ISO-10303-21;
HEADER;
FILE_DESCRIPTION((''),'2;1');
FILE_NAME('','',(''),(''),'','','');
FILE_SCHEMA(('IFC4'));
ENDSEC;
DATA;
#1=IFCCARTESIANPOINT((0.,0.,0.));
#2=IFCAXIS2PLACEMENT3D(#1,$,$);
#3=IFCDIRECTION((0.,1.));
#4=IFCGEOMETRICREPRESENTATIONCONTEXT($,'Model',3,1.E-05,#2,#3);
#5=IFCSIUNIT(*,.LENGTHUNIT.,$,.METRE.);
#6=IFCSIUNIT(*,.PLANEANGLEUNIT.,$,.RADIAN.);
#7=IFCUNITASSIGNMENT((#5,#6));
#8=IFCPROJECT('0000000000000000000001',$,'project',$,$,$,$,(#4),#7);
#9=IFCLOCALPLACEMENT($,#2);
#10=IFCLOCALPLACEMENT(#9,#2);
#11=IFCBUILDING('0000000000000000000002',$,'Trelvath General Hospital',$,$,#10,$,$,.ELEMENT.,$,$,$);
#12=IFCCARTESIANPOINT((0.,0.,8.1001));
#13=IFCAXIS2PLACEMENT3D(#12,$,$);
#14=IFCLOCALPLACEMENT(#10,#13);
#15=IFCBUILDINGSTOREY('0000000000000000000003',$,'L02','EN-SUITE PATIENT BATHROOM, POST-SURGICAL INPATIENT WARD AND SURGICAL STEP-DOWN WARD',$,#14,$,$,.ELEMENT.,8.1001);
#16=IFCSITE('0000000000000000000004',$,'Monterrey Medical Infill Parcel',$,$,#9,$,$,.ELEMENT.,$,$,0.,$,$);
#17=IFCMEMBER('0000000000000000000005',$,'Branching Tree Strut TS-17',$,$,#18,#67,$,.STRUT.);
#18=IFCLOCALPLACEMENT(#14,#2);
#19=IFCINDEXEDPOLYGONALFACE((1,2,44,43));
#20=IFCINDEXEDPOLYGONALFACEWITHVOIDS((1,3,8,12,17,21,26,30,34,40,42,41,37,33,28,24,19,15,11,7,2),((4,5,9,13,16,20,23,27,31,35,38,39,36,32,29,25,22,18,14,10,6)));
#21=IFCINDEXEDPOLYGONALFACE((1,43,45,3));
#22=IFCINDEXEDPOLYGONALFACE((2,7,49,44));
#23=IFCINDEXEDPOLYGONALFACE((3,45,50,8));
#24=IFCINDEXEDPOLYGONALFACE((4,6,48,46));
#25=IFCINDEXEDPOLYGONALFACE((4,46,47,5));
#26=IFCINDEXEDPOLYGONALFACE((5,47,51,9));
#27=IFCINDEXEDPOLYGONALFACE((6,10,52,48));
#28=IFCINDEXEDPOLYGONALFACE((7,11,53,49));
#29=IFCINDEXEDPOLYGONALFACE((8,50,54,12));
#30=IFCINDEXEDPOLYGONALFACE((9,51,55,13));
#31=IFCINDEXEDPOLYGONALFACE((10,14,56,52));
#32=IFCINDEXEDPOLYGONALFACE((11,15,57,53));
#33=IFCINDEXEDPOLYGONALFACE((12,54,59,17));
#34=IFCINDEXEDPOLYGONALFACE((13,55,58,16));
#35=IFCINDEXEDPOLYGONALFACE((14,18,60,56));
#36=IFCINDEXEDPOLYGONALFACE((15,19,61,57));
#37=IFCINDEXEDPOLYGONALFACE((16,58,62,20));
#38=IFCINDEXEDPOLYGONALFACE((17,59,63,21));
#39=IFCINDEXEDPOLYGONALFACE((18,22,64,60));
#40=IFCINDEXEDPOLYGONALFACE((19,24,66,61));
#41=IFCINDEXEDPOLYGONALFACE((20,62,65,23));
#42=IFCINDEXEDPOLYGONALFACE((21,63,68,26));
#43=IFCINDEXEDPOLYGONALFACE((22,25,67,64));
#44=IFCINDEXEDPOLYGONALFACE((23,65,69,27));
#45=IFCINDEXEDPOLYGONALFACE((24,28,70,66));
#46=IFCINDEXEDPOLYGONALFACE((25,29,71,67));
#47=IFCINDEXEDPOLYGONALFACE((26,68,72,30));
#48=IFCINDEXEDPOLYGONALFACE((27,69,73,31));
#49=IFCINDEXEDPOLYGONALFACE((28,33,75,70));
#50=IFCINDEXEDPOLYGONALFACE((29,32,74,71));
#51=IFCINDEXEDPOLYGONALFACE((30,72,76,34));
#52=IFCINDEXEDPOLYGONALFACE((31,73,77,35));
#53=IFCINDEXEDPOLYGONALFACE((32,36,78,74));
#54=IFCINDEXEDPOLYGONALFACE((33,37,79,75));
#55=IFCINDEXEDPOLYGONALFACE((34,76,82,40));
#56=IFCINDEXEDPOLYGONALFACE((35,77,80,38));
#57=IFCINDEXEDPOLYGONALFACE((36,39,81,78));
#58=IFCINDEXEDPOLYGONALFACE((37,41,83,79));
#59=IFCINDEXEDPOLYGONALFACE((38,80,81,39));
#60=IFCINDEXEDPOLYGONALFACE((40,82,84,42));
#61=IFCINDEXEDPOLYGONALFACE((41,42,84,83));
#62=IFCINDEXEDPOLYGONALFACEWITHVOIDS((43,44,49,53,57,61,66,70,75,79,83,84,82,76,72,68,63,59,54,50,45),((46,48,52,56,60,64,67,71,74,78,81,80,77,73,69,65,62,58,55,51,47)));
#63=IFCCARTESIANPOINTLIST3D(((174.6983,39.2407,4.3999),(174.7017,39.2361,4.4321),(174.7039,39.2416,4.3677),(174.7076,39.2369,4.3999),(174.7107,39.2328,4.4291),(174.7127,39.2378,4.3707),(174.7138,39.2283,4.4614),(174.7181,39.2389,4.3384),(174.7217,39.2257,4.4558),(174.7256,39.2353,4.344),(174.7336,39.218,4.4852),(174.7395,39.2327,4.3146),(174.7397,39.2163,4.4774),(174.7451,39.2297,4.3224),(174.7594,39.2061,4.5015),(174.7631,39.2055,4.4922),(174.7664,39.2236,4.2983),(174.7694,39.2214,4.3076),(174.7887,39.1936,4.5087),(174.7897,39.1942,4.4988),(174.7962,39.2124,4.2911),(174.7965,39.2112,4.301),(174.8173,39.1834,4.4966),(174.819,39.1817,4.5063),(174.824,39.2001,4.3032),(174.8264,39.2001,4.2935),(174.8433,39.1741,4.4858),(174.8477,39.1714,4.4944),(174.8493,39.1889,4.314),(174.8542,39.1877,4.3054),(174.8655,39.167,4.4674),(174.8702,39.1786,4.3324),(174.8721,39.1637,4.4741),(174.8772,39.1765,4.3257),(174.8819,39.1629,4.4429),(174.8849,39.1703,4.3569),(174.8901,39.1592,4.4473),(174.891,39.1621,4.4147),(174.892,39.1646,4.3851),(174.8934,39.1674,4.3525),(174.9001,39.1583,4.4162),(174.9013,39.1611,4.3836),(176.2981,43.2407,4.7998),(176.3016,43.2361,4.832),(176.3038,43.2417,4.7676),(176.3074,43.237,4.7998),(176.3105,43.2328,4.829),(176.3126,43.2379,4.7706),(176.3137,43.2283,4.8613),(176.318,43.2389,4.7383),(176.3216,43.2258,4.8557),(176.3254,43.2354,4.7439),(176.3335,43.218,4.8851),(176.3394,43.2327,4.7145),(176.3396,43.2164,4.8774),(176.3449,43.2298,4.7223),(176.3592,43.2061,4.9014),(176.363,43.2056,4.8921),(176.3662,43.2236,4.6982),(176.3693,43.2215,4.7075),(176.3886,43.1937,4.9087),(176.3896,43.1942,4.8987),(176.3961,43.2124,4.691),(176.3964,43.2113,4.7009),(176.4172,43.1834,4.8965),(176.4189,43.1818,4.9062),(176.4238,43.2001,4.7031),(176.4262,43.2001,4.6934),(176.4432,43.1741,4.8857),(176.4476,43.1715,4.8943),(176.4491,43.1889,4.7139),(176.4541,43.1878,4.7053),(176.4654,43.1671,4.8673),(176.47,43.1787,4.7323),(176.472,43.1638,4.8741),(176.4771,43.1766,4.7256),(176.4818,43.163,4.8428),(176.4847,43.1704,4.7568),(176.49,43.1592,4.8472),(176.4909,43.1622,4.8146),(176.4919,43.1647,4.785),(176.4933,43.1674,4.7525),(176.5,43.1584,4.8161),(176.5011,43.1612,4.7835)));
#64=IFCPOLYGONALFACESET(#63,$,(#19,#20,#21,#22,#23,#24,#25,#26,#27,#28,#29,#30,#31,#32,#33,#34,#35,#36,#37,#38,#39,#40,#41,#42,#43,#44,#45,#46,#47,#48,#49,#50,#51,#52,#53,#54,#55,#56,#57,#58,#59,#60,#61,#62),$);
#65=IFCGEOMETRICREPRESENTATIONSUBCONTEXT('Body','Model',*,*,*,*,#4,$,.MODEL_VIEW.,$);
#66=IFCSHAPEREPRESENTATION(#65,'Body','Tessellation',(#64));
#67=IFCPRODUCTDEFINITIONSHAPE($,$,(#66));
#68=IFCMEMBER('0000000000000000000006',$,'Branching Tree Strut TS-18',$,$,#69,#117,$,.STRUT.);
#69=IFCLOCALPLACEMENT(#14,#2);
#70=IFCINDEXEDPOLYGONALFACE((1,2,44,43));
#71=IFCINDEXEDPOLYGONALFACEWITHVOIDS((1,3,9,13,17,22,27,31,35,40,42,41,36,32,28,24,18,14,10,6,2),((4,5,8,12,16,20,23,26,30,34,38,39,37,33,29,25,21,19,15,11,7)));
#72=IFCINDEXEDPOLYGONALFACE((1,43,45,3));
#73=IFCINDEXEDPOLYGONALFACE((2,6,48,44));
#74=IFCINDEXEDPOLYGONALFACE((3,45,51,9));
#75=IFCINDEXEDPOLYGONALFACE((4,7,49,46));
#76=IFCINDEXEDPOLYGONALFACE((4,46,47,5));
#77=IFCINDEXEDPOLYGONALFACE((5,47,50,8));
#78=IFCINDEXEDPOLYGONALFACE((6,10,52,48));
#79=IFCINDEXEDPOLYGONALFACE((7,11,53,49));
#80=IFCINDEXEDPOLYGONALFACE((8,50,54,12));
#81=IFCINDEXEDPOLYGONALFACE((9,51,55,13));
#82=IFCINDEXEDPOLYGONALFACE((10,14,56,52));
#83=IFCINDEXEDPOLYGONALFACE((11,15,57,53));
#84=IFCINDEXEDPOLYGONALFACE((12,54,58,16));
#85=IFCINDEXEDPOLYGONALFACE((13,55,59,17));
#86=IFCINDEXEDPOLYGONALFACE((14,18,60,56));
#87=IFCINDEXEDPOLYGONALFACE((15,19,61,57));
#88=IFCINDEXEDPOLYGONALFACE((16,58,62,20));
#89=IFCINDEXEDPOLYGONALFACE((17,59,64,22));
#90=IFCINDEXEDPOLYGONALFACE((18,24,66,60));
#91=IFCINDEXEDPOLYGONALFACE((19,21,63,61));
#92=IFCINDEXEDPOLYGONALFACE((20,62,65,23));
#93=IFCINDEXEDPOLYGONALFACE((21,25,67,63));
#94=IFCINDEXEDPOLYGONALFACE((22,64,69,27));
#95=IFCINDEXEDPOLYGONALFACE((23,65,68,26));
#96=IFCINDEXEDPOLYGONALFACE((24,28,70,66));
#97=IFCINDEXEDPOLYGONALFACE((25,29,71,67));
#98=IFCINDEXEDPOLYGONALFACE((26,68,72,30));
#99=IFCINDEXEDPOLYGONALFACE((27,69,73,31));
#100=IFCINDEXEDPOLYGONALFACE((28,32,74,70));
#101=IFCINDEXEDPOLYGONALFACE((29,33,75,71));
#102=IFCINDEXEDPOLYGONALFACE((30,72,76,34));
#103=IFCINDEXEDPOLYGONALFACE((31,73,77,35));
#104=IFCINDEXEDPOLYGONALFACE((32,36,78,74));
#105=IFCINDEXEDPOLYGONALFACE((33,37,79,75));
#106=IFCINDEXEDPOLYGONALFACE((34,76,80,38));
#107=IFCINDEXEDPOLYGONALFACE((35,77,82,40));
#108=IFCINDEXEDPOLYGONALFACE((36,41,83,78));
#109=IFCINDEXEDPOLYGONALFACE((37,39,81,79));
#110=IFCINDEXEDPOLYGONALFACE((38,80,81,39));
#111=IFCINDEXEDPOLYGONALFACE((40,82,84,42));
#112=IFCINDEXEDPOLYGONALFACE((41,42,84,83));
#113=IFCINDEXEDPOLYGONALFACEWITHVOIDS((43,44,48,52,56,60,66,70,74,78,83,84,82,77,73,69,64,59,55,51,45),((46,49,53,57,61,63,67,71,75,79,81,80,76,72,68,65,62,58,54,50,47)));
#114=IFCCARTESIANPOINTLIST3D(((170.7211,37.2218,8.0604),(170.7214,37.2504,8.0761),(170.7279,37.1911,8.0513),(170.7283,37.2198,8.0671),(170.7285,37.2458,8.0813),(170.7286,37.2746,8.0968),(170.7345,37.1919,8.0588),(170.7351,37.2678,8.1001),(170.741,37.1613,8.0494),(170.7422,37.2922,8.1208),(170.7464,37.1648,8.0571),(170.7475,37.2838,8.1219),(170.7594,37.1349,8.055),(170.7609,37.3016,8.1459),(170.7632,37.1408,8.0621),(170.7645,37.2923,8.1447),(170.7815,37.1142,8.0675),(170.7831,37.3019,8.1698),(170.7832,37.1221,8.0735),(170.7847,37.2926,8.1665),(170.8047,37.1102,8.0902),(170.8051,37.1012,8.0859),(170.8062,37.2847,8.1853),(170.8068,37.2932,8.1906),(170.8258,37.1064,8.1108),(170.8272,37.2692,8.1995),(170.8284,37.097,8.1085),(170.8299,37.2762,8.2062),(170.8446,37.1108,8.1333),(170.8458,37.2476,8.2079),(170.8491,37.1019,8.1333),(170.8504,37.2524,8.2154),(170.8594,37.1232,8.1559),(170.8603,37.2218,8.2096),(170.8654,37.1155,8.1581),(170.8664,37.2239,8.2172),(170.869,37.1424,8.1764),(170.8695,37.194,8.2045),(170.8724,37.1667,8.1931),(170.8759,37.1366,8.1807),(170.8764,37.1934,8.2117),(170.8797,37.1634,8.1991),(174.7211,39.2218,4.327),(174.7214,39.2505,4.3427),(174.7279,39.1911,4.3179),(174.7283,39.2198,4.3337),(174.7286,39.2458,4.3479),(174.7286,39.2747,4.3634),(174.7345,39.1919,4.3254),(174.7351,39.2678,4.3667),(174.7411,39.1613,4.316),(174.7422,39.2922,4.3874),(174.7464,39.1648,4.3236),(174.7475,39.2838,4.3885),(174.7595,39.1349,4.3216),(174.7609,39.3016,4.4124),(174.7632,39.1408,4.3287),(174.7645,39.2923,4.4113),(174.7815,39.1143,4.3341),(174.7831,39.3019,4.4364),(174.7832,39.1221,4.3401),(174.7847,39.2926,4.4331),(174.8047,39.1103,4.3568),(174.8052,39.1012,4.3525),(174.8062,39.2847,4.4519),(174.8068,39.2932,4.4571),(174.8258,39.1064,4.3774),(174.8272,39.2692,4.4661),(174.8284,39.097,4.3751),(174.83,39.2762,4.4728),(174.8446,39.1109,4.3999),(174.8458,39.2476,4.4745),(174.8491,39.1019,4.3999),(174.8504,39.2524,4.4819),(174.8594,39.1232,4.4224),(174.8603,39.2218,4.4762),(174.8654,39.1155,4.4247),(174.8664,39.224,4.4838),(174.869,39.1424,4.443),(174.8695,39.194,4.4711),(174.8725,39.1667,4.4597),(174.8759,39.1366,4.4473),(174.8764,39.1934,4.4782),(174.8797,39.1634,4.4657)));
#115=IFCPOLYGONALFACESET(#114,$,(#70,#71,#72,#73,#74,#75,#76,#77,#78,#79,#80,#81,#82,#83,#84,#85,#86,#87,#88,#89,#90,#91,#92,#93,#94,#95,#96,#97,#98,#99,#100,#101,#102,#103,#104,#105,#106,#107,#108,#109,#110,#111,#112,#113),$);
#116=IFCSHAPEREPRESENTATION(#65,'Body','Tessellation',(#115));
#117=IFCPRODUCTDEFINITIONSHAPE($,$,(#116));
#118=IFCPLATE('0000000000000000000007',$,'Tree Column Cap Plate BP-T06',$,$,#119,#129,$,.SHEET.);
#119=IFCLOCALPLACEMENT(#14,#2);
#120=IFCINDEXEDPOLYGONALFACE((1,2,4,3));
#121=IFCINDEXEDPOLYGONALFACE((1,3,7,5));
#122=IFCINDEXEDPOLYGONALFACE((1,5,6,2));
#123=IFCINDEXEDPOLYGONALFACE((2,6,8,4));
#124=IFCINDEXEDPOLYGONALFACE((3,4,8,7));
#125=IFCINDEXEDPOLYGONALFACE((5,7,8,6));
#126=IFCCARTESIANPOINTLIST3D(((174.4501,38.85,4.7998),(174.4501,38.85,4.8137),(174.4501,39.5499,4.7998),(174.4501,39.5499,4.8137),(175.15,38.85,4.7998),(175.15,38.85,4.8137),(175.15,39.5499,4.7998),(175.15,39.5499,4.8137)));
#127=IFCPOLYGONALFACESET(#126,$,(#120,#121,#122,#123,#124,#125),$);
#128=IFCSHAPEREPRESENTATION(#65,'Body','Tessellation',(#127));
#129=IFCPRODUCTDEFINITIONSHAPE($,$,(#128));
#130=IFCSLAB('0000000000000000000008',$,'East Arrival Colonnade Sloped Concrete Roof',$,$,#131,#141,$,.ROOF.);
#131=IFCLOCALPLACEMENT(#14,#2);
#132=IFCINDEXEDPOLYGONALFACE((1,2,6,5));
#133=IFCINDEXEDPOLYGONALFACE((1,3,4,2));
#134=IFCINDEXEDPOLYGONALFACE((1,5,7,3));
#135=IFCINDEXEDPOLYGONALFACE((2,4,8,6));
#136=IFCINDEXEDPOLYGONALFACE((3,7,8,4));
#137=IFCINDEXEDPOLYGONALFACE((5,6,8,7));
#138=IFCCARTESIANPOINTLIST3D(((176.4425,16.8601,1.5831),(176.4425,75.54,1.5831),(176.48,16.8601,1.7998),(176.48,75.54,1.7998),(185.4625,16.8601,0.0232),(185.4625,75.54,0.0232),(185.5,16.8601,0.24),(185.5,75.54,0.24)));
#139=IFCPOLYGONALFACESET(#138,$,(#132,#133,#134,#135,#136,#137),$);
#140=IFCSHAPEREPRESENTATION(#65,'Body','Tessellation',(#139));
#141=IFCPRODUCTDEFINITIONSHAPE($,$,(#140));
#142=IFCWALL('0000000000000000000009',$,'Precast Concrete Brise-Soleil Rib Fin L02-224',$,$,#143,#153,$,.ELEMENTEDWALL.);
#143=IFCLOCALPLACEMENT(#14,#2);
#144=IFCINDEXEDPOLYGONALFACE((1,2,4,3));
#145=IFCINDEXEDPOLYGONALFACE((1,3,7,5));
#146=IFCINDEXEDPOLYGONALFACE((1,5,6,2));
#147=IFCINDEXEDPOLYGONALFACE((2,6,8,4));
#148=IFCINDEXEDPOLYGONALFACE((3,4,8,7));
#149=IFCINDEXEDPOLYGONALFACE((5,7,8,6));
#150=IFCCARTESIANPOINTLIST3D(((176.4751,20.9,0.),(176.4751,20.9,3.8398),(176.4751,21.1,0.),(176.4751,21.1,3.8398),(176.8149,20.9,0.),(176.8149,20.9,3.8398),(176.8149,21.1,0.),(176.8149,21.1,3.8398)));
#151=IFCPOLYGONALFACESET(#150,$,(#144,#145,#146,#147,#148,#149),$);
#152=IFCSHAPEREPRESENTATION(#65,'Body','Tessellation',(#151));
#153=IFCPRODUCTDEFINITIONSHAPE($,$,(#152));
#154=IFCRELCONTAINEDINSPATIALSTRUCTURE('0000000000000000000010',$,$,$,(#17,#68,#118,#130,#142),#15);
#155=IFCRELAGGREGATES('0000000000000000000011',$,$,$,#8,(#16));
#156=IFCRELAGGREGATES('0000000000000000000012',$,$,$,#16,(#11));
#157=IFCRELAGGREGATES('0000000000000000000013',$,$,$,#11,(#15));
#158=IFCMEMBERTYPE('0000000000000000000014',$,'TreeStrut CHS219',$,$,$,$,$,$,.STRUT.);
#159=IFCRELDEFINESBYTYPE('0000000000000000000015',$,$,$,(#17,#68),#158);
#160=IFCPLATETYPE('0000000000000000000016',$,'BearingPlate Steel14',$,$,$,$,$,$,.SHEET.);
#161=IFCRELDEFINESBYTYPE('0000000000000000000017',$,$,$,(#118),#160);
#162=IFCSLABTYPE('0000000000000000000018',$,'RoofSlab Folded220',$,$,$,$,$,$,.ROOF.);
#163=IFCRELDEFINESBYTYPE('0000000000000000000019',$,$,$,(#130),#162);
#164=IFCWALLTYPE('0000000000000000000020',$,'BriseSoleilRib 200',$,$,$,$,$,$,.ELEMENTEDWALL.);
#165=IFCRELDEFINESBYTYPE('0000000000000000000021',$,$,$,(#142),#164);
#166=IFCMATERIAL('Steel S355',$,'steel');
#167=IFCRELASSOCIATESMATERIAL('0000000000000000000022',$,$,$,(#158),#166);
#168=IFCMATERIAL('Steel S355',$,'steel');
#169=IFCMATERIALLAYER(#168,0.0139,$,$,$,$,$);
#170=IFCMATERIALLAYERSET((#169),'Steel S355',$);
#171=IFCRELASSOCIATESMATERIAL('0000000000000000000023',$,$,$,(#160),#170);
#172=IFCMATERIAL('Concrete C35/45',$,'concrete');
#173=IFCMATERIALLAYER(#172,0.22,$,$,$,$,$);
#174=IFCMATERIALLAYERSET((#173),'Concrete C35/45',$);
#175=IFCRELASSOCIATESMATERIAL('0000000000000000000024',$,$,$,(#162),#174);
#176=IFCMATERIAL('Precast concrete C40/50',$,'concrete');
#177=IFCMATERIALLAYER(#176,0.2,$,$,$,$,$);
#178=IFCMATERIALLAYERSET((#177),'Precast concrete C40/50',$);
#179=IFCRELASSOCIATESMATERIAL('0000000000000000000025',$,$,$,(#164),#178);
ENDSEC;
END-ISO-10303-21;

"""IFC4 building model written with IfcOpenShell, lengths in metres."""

from ifc_helpers import new_model, si_unit, direction, frame, frame_2d, origin, origin_2d, place, context, subcontext, project, spatial, polyline, rectangle, hollow_circle, outline, extrude, material, layer, layer_set, material_profile, profile_set, type_object, element, save


model = new_model("IFC4")

# Units and contexts
model_context = context("Model", 3, precision=1e-05, world=origin(), true_north=direction((0.0, 1.0)))
body_context = subcontext(model_context, "Body", "Model", "MODEL_VIEW")
ifc_project = project(units=[si_unit("LENGTHUNIT", "METRE"), si_unit("PLANEANGLEUNIT", "RADIAN")], contexts=[model_context])

# Site, building, storey
site_placement = place(None, origin())
site = spatial("IfcSite", under=ifc_project, at=site_placement, Name="Monterrey Medical Infill Parcel", CompositionType="ELEMENT", RefElevation=0.0)
building_placement = place(site_placement, origin())
building = spatial("IfcBuilding", under=site, at=building_placement, Name="Trelvath General Hospital", CompositionType="ELEMENT")
storey_placement = place(building_placement, frame((0.0, 0.0, 8.1001)))
storey = spatial("IfcBuildingStorey", under=building, at=storey_placement, Name="L02", Description="EN-SUITE PATIENT BATHROOM, POST-SURGICAL INPATIENT WARD AND SURGICAL STEP-DOWN WARD", CompositionType="ELEMENT", Elevation=8.1001)

# Members
ifc_material_1 = material(Name="Steel S355", Category="steel")
ifc_material_profile_1 = material_profile(ifc_material_1, hollow_circle(Radius=0.1096, WallThickness=0.01, at=origin_2d()), Name="CHS219.1x10.0")
ifc_profile_set_1 = profile_set([ifc_material_profile_1], Name="Steel S355")
member_type_1 = type_object("IfcMemberType", Name="TreeStrut CHS219", PredefinedType="STRUT", material=ifc_profile_set_1)
member_1_placement = place(storey_placement, frame((174.8, 39.2, 4.3999), z_axis=(0.369772, 0.924514, 0.092429), x_axis=(-0.928488, 0.371361, 0.0)))
element("IfcMember", 1, at=member_1_placement, inside=storey, type_object=member_type_1, Name="Branching Tree Strut TS-17", PredefinedType="STRUT", context=body_context, shape_type="SweptSolid", body=[
    extrude(hollow_circle(Radius=0.1096, WallThickness=0.01, at=origin_2d()), origin(), (0.0, 0.0, 1.0), 4.3267),
])
member_2_placement = place(storey_placement, frame((174.8, 39.2, 4.3999), z_axis=(-0.686618, -0.343309, 0.640855), x_axis=(0.447214, -0.894427, 0.0)))
element("IfcMember", 2, at=member_2_placement, inside=storey, type_object=member_type_1, Name="Branching Tree Strut TS-18", PredefinedType="STRUT", context=body_context, shape_type="SweptSolid", body=[
    extrude(hollow_circle(Radius=0.1096, WallThickness=0.01, at=origin_2d()), origin(), (0.0, 0.0, 1.0), 5.8257),
])

# Plate
ifc_material_2 = material(Name="Steel S355", Category="steel")
ifc_layer_1 = layer(ifc_material_2, 0.0139)
ifc_layer_set_1 = layer_set([ifc_layer_1], Name="Steel S355")
plate_type = type_object("IfcPlateType", Name="BearingPlate Steel14", PredefinedType="SHEET", material=ifc_layer_set_1)
plate_placement = place(storey_placement, frame((174.8, 39.2, 4.7998), z_axis=(0.0, 0.0, 1.0), x_axis=(1.0, 0.0, 0.0)))
element("IfcPlate", 3, at=plate_placement, inside=storey, type_object=plate_type, Name="Tree Column Cap Plate BP-T06", PredefinedType="SHEET", context=body_context, shape_type="SweptSolid", body=[
    extrude(rectangle(XDim=0.7, YDim=0.7, at=origin_2d()), origin(), (0.0, 0.0, 1.0), 0.0139),
])

# Slab
ifc_material_3 = material(Name="Concrete C35/45", Category="concrete")
ifc_layer_2 = layer(ifc_material_3, 0.22)
ifc_layer_set_2 = layer_set([ifc_layer_2], Name="Concrete C35/45")
slab_type = type_object("IfcSlabType", Name="RoofSlab Folded220", PredefinedType="ROOF", material=ifc_layer_set_2)
slab_placement = place(storey_placement, frame((176.48, 16.8601, 1.7998), z_axis=(0.170399, 0.0, 0.985375), x_axis=(0.985375, 0.0, -0.170399)))
element("IfcSlab", 4, at=slab_placement, inside=storey, type_object=slab_type, Name="East Arrival Colonnade Sloped Concrete Roof", PredefinedType="ROOF", context=body_context, shape_type="SweptSolid", body=[
    extrude(outline(polyline([(0.0, 0.0), (9.1539, 0.0), (9.1539, 58.6799), (0.0, 58.6799), (0.0, 0.0)])), origin(), (0.0, 0.0, -1.0), 0.22),
])

# Wall
ifc_material_4 = material(Name="Precast concrete C40/50", Category="concrete")
ifc_layer_3 = layer(ifc_material_4, 0.2)
ifc_layer_set_3 = layer_set([ifc_layer_3], Name="Precast concrete C40/50")
wall_type_1 = type_object("IfcWallType", Name="BriseSoleilRib 200", PredefinedType="ELEMENTEDWALL", material=ifc_layer_set_3)
wall_1_placement = place(storey_placement, frame((176.4751, 21.0, 0.0), z_axis=(0.0, 0.0, 1.0), x_axis=(1.0, 0.0, 0.0)))
element("IfcWall", 5, at=wall_1_placement, inside=storey, type_object=wall_type_1, Name="Precast Concrete Brise-Soleil Rib Fin L02-224", PredefinedType="ELEMENTEDWALL", context=body_context, shape_type="SweptSolid", body=[
    extrude(rectangle(XDim=0.3398, YDim=0.2, at=frame_2d((0.1699, 0.0))), origin(), (0.0, 0.0, 1.0), 3.8398),
])

save(model, "model.ifc")
